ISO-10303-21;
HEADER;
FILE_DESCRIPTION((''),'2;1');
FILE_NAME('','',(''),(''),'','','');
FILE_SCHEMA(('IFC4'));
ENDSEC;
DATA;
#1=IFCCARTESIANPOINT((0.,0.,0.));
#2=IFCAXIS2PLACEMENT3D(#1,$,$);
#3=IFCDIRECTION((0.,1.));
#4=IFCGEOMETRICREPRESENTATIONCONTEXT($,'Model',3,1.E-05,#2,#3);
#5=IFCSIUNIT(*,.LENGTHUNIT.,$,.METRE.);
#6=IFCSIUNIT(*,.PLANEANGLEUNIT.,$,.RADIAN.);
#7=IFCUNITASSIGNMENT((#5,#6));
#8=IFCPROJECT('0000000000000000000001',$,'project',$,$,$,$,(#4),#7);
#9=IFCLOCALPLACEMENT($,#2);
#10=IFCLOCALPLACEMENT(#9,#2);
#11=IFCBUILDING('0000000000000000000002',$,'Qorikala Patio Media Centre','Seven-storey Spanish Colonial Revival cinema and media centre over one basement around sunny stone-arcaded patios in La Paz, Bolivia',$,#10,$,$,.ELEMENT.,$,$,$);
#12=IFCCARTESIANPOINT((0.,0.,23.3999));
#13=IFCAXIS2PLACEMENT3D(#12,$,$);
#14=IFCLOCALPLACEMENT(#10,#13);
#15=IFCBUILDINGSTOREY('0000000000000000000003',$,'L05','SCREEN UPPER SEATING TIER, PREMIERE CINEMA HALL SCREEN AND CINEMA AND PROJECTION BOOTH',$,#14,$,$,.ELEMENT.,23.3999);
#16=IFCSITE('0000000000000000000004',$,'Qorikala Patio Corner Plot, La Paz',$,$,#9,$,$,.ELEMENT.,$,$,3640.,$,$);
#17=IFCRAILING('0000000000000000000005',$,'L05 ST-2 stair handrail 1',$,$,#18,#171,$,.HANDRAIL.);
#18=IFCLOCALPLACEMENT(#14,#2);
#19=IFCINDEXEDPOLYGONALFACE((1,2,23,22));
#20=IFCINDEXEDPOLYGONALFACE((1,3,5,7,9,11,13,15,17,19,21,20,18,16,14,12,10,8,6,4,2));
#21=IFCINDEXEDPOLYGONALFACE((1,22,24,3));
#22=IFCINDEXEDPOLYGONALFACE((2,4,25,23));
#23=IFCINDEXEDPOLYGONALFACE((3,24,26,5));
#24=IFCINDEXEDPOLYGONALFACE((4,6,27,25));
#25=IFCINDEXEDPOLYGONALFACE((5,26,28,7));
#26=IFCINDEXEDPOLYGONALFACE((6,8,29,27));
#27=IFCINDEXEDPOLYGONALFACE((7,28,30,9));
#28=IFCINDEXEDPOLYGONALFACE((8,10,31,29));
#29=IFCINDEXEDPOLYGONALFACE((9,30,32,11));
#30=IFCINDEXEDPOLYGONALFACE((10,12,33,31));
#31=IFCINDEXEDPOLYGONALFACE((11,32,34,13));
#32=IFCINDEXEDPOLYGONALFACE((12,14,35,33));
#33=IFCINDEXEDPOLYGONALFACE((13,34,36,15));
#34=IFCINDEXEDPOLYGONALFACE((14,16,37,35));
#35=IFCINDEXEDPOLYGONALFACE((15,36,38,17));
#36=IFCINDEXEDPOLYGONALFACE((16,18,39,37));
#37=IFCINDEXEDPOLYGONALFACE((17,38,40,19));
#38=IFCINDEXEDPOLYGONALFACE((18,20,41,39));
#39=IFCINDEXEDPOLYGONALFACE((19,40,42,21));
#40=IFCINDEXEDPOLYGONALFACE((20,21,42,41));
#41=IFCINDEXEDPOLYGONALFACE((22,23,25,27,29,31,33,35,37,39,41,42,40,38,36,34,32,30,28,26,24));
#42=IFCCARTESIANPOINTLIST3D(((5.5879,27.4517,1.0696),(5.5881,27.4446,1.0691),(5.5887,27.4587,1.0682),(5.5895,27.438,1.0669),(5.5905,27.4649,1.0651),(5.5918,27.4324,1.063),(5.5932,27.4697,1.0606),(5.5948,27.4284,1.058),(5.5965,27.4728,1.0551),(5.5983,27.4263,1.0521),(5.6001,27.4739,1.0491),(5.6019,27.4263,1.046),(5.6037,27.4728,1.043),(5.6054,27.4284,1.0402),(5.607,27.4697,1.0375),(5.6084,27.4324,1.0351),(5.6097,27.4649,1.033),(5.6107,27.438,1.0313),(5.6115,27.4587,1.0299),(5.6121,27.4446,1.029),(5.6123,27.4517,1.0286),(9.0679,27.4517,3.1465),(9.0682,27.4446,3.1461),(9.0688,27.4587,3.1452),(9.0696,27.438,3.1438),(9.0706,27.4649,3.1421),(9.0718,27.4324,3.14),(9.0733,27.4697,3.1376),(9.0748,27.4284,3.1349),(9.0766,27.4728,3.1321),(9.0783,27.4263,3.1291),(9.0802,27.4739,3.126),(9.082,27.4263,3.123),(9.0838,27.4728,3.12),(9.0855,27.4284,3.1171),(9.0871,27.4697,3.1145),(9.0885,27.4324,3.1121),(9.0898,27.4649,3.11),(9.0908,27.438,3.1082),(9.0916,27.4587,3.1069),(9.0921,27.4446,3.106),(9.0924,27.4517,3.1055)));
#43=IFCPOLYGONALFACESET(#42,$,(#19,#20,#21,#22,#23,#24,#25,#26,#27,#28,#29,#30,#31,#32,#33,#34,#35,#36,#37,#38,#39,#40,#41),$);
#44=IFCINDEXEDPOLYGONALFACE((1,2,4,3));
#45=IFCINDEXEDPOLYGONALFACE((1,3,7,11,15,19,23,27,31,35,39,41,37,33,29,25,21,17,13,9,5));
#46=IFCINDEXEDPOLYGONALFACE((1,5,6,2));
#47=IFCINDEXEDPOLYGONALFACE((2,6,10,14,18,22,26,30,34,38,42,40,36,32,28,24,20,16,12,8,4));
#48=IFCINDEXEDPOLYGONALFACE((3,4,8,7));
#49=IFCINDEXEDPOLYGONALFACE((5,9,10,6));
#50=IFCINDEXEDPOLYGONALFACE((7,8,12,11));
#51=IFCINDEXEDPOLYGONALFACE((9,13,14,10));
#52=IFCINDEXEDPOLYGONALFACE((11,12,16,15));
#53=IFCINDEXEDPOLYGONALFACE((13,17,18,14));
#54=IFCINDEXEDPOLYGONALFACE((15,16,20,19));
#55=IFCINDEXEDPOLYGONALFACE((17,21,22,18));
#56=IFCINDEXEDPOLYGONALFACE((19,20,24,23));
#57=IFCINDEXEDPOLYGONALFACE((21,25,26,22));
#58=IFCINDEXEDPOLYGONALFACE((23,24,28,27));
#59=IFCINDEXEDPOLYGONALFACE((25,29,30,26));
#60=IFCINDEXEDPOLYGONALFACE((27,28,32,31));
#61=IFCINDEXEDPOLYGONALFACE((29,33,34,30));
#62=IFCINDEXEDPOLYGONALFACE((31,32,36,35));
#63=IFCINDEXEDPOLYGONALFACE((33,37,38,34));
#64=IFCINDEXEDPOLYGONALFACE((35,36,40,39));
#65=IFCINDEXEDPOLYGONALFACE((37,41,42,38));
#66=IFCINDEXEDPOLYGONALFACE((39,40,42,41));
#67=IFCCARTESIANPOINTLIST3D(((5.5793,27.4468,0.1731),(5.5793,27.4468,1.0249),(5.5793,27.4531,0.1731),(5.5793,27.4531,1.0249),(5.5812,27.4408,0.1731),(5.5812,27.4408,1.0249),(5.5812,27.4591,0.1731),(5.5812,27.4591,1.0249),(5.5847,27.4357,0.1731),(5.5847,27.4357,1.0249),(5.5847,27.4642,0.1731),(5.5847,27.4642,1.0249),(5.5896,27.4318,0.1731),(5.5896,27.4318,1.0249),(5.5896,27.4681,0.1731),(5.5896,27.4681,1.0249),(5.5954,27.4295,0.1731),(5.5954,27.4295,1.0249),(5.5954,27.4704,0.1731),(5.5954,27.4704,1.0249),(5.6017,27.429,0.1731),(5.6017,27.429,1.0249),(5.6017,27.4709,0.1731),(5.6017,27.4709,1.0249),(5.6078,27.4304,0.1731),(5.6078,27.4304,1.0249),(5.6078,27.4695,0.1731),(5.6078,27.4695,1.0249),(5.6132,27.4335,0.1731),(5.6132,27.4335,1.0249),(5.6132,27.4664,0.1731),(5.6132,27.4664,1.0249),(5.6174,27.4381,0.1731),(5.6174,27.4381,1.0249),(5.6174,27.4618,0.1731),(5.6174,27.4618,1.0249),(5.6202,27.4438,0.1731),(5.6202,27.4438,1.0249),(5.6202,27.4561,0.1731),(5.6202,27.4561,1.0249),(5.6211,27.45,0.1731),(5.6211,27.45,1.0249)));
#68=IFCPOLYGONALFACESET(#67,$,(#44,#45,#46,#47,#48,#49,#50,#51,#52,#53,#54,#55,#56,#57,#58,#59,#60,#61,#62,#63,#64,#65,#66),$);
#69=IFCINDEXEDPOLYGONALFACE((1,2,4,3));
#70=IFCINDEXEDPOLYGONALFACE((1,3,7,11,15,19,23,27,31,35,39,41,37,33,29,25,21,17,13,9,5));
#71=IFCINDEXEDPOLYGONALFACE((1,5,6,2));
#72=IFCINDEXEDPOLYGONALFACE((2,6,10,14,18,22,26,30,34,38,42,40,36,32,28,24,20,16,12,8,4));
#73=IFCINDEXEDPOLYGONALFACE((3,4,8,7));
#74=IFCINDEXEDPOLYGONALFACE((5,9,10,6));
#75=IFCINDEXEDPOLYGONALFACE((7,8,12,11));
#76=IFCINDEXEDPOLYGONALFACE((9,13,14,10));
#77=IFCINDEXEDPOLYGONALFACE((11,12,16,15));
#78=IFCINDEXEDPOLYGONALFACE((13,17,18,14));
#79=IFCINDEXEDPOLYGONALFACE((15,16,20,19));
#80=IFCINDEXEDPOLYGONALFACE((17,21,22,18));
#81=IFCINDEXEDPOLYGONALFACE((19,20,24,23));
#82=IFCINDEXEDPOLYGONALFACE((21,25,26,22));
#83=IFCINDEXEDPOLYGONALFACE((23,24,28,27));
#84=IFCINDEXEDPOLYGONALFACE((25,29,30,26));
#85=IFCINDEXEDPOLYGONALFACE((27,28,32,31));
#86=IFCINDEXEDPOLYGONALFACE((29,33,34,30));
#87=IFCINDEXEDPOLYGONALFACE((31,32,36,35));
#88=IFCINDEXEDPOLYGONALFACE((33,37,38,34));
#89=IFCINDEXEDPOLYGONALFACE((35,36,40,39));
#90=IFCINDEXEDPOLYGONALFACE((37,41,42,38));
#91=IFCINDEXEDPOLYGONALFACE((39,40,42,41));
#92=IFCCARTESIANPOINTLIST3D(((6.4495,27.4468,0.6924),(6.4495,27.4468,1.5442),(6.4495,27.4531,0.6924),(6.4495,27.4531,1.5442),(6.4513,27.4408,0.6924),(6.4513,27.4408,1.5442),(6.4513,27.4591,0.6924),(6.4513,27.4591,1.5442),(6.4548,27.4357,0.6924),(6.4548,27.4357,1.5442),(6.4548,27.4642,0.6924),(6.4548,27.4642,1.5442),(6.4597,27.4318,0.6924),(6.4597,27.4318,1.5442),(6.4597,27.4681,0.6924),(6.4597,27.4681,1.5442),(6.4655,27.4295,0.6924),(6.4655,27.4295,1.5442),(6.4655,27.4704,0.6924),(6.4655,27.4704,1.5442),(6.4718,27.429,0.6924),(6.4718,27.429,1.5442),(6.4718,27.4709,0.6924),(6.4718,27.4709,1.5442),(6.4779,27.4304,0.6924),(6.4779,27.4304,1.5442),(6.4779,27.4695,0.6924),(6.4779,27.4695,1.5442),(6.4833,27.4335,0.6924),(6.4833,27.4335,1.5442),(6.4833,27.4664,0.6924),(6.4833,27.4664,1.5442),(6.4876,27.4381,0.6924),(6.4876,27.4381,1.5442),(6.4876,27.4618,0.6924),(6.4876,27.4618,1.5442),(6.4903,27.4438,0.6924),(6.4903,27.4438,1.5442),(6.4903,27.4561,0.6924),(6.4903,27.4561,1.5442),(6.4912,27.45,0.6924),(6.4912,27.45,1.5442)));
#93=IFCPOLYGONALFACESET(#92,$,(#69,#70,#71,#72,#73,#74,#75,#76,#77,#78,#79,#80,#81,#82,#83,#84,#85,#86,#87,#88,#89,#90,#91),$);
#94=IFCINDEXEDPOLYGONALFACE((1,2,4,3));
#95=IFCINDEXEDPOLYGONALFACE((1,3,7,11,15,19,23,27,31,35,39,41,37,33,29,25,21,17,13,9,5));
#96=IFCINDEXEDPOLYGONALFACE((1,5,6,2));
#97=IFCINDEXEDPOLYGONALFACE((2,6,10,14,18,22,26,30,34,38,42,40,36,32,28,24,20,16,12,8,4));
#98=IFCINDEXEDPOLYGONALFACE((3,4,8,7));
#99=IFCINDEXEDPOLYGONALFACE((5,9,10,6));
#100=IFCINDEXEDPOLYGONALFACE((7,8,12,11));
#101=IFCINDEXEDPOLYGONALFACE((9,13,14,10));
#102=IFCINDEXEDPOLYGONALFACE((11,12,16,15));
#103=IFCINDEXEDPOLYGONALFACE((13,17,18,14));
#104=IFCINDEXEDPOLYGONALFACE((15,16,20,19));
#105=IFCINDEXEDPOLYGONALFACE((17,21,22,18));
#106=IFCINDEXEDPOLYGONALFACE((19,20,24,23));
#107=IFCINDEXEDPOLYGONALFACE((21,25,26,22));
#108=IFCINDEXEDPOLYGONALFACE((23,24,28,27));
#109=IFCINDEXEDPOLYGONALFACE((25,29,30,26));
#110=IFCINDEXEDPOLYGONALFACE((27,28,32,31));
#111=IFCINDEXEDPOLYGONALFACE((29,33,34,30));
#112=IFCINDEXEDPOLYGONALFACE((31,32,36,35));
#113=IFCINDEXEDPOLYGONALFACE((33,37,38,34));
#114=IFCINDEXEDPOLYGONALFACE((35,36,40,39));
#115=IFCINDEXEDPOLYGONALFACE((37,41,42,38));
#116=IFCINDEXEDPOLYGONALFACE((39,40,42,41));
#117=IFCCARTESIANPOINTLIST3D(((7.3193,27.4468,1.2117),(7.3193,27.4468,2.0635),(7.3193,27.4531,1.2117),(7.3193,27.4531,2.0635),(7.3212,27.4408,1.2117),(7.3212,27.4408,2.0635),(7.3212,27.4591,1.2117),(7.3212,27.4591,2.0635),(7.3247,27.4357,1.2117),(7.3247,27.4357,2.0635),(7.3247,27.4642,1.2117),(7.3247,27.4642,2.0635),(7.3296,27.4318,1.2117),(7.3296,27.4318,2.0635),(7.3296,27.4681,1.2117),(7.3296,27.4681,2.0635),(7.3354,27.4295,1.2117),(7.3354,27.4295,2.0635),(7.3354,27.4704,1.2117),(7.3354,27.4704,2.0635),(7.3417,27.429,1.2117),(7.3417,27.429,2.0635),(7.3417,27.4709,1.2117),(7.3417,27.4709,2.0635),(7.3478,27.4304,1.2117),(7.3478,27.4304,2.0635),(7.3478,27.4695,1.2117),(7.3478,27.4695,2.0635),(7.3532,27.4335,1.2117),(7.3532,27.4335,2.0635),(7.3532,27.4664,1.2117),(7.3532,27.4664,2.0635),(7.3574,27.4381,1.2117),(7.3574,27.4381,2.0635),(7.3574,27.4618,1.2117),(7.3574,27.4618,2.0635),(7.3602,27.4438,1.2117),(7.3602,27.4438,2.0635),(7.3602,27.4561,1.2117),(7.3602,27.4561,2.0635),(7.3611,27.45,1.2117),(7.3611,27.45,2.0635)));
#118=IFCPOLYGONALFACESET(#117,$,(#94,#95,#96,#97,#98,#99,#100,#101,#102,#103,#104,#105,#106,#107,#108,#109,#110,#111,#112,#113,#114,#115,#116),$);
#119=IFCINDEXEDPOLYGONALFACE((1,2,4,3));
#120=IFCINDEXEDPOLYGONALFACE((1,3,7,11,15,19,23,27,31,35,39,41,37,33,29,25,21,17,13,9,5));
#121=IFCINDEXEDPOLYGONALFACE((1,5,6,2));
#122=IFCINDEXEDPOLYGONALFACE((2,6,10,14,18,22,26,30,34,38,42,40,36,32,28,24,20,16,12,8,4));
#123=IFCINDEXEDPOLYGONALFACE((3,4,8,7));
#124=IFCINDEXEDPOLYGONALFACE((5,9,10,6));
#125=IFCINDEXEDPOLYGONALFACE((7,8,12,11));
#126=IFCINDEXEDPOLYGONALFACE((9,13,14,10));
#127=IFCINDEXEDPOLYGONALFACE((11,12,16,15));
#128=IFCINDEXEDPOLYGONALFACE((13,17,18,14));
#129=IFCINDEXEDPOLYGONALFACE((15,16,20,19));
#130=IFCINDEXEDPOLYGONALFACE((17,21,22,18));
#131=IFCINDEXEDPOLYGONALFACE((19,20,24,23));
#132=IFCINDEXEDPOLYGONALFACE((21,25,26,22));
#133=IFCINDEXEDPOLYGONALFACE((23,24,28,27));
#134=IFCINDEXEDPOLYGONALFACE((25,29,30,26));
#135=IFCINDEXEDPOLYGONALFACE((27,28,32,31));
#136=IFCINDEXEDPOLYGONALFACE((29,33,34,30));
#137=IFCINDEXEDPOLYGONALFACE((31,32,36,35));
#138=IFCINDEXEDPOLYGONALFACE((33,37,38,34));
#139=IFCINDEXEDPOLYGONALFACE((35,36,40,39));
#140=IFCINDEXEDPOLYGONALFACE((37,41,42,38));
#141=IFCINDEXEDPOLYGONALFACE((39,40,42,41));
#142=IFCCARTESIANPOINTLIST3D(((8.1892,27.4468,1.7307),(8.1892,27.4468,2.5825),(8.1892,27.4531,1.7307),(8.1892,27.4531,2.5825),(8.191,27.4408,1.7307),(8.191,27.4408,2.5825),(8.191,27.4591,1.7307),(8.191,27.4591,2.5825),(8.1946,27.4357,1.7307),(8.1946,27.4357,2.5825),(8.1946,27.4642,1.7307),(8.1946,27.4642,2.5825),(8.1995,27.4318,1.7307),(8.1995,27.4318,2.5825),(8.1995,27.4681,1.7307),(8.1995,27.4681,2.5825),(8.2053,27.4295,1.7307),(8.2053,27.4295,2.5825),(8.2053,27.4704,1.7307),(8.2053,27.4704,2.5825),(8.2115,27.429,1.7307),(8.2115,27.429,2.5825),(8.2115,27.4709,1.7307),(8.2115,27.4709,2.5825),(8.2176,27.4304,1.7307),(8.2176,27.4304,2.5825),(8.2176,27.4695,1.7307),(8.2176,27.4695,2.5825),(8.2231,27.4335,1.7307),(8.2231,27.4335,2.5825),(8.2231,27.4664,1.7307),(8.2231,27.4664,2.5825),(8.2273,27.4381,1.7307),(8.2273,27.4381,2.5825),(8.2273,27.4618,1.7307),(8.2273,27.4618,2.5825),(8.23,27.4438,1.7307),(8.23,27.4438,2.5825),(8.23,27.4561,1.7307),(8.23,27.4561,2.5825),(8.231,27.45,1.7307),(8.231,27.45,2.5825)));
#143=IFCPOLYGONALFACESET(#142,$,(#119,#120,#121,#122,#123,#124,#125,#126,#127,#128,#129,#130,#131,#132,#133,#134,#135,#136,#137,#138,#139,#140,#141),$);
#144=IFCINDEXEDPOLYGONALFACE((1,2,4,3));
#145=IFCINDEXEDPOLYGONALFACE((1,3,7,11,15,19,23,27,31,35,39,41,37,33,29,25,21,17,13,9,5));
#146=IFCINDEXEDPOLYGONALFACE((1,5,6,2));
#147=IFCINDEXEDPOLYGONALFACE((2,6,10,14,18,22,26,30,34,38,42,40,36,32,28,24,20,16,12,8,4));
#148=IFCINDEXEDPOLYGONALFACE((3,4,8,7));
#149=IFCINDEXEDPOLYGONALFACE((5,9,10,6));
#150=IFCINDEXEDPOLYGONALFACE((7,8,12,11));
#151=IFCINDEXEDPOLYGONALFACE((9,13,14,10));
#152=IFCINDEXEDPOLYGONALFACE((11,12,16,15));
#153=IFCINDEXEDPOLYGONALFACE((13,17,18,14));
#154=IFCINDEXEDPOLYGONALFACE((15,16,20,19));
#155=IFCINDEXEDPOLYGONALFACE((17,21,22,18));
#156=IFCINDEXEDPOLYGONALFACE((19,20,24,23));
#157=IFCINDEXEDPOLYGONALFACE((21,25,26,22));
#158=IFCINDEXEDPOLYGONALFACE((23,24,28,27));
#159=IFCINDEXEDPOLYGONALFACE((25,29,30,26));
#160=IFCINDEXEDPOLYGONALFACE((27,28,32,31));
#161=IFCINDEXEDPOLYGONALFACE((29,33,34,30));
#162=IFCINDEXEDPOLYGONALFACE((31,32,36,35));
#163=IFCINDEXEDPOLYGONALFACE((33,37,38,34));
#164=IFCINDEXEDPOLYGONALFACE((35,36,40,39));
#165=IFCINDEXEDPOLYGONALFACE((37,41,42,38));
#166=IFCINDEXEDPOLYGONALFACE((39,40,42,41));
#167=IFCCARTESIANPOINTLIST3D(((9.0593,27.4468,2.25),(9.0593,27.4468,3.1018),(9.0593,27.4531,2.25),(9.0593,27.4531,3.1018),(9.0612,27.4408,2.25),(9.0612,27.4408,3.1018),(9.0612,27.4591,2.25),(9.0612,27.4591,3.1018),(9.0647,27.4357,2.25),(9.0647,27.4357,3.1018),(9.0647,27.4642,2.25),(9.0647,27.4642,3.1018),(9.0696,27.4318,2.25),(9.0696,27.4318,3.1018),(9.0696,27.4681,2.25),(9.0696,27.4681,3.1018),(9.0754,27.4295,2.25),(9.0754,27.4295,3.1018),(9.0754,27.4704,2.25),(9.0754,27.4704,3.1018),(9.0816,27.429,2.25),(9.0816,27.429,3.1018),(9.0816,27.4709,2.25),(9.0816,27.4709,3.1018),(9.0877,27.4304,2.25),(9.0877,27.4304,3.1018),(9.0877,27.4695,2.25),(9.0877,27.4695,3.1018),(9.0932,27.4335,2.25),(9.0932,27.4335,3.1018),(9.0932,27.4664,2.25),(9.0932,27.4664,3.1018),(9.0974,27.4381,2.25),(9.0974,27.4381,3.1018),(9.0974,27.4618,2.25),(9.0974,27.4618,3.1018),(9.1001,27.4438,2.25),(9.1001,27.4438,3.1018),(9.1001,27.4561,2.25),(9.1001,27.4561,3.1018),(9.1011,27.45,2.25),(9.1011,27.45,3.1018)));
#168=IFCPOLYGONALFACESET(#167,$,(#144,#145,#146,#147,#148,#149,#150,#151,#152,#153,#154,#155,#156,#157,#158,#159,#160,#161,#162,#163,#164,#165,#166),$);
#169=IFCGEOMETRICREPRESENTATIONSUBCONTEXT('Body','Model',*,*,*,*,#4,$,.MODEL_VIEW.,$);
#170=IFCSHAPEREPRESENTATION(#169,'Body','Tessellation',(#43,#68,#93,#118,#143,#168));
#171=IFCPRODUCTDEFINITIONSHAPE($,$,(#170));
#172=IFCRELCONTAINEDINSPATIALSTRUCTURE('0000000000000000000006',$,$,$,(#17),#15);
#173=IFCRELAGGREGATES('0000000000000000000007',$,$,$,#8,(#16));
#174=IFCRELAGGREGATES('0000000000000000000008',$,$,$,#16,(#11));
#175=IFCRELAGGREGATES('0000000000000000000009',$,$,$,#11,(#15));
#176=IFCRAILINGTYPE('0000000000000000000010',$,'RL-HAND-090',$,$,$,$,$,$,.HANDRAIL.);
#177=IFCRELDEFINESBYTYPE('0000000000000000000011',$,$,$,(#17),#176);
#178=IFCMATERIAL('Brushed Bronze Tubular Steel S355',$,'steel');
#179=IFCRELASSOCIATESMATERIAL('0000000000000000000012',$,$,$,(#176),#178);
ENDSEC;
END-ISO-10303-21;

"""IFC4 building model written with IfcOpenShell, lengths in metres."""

from ifc_helpers import new_model, si_unit, direction, frame, origin, origin_2d, place, context, subcontext, project, spatial, circle, extrude, material, type_object, element, save


model = new_model("IFC4")

# Units and contexts
model_context = context("Model", 3, precision=1e-05, world=origin(), true_north=direction((0.0, 1.0)))
body_context = subcontext(model_context, "Body", "Model", "MODEL_VIEW")
ifc_project = project(units=[si_unit("LENGTHUNIT", "METRE"), si_unit("PLANEANGLEUNIT", "RADIAN")], contexts=[model_context])

# Site, building, storey
site_placement = place(None, origin())
site = spatial("IfcSite", under=ifc_project, at=site_placement, Name="Qorikala Patio Corner Plot, La Paz", CompositionType="ELEMENT", RefElevation=3640.0)
building_placement = place(site_placement, origin())
building = spatial("IfcBuilding", under=site, at=building_placement, Name="Qorikala Patio Media Centre", Description="Seven-storey Spanish Colonial Revival cinema and media centre over one basement around sunny stone-arcaded patios in La Paz, Bolivia", CompositionType="ELEMENT")
storey_placement = place(building_placement, frame((0.0, 0.0, 23.3999)))
storey = spatial("IfcBuildingStorey", under=building, at=storey_placement, Name="L05", Description="SCREEN UPPER SEATING TIER, PREMIERE CINEMA HALL SCREEN AND CINEMA AND PROJECTION BOOTH", CompositionType="ELEMENT", Elevation=23.3999)

# Railing
ifc_material_1 = material(Name="Brushed Bronze Tubular Steel S355", Category="steel")
railing_type_1 = type_object("IfcRailingType", Name="RL-HAND-090", PredefinedType="HANDRAIL", material=ifc_material_1)
railing_1_placement = place(storey_placement, frame((5.6001, 27.45, 0.1731)))
element("IfcRailing", 1, at=railing_1_placement, inside=storey, type_object=railing_type_1, Name="L05 ST-2 stair handrail 1", PredefinedType="HANDRAIL", context=body_context, shape_type="SweptSolid", body=[
    extrude(circle(Radius=0.0239, at=origin_2d()), frame((0.0, 0.0, 0.876), z_axis=(0.858697, 0.0, 0.512483), x_axis=(0.0, 1.0, 0.0)), (0.0, 0.0, 1.0), 4.0527),
    extrude(circle(Radius=0.021, at=origin_2d()), origin(), (0.0, 0.0, 1.0), 0.8518),
    extrude(circle(Radius=0.021, at=origin_2d()), frame((0.8701, 0.0, 0.5193)), (0.0, 0.0, 1.0), 0.8518),
    extrude(circle(Radius=0.021, at=origin_2d()), frame((1.74, 0.0, 1.0386)), (0.0, 0.0, 1.0), 0.8518),
    extrude(circle(Radius=0.021, at=origin_2d()), frame((2.6099, 0.0, 1.5576)), (0.0, 0.0, 1.0), 0.8518),
    extrude(circle(Radius=0.021, at=origin_2d()), frame((3.48, 0.0, 2.0769)), (0.0, 0.0, 1.0), 0.8518),
])

save(model, "model.ifc")
